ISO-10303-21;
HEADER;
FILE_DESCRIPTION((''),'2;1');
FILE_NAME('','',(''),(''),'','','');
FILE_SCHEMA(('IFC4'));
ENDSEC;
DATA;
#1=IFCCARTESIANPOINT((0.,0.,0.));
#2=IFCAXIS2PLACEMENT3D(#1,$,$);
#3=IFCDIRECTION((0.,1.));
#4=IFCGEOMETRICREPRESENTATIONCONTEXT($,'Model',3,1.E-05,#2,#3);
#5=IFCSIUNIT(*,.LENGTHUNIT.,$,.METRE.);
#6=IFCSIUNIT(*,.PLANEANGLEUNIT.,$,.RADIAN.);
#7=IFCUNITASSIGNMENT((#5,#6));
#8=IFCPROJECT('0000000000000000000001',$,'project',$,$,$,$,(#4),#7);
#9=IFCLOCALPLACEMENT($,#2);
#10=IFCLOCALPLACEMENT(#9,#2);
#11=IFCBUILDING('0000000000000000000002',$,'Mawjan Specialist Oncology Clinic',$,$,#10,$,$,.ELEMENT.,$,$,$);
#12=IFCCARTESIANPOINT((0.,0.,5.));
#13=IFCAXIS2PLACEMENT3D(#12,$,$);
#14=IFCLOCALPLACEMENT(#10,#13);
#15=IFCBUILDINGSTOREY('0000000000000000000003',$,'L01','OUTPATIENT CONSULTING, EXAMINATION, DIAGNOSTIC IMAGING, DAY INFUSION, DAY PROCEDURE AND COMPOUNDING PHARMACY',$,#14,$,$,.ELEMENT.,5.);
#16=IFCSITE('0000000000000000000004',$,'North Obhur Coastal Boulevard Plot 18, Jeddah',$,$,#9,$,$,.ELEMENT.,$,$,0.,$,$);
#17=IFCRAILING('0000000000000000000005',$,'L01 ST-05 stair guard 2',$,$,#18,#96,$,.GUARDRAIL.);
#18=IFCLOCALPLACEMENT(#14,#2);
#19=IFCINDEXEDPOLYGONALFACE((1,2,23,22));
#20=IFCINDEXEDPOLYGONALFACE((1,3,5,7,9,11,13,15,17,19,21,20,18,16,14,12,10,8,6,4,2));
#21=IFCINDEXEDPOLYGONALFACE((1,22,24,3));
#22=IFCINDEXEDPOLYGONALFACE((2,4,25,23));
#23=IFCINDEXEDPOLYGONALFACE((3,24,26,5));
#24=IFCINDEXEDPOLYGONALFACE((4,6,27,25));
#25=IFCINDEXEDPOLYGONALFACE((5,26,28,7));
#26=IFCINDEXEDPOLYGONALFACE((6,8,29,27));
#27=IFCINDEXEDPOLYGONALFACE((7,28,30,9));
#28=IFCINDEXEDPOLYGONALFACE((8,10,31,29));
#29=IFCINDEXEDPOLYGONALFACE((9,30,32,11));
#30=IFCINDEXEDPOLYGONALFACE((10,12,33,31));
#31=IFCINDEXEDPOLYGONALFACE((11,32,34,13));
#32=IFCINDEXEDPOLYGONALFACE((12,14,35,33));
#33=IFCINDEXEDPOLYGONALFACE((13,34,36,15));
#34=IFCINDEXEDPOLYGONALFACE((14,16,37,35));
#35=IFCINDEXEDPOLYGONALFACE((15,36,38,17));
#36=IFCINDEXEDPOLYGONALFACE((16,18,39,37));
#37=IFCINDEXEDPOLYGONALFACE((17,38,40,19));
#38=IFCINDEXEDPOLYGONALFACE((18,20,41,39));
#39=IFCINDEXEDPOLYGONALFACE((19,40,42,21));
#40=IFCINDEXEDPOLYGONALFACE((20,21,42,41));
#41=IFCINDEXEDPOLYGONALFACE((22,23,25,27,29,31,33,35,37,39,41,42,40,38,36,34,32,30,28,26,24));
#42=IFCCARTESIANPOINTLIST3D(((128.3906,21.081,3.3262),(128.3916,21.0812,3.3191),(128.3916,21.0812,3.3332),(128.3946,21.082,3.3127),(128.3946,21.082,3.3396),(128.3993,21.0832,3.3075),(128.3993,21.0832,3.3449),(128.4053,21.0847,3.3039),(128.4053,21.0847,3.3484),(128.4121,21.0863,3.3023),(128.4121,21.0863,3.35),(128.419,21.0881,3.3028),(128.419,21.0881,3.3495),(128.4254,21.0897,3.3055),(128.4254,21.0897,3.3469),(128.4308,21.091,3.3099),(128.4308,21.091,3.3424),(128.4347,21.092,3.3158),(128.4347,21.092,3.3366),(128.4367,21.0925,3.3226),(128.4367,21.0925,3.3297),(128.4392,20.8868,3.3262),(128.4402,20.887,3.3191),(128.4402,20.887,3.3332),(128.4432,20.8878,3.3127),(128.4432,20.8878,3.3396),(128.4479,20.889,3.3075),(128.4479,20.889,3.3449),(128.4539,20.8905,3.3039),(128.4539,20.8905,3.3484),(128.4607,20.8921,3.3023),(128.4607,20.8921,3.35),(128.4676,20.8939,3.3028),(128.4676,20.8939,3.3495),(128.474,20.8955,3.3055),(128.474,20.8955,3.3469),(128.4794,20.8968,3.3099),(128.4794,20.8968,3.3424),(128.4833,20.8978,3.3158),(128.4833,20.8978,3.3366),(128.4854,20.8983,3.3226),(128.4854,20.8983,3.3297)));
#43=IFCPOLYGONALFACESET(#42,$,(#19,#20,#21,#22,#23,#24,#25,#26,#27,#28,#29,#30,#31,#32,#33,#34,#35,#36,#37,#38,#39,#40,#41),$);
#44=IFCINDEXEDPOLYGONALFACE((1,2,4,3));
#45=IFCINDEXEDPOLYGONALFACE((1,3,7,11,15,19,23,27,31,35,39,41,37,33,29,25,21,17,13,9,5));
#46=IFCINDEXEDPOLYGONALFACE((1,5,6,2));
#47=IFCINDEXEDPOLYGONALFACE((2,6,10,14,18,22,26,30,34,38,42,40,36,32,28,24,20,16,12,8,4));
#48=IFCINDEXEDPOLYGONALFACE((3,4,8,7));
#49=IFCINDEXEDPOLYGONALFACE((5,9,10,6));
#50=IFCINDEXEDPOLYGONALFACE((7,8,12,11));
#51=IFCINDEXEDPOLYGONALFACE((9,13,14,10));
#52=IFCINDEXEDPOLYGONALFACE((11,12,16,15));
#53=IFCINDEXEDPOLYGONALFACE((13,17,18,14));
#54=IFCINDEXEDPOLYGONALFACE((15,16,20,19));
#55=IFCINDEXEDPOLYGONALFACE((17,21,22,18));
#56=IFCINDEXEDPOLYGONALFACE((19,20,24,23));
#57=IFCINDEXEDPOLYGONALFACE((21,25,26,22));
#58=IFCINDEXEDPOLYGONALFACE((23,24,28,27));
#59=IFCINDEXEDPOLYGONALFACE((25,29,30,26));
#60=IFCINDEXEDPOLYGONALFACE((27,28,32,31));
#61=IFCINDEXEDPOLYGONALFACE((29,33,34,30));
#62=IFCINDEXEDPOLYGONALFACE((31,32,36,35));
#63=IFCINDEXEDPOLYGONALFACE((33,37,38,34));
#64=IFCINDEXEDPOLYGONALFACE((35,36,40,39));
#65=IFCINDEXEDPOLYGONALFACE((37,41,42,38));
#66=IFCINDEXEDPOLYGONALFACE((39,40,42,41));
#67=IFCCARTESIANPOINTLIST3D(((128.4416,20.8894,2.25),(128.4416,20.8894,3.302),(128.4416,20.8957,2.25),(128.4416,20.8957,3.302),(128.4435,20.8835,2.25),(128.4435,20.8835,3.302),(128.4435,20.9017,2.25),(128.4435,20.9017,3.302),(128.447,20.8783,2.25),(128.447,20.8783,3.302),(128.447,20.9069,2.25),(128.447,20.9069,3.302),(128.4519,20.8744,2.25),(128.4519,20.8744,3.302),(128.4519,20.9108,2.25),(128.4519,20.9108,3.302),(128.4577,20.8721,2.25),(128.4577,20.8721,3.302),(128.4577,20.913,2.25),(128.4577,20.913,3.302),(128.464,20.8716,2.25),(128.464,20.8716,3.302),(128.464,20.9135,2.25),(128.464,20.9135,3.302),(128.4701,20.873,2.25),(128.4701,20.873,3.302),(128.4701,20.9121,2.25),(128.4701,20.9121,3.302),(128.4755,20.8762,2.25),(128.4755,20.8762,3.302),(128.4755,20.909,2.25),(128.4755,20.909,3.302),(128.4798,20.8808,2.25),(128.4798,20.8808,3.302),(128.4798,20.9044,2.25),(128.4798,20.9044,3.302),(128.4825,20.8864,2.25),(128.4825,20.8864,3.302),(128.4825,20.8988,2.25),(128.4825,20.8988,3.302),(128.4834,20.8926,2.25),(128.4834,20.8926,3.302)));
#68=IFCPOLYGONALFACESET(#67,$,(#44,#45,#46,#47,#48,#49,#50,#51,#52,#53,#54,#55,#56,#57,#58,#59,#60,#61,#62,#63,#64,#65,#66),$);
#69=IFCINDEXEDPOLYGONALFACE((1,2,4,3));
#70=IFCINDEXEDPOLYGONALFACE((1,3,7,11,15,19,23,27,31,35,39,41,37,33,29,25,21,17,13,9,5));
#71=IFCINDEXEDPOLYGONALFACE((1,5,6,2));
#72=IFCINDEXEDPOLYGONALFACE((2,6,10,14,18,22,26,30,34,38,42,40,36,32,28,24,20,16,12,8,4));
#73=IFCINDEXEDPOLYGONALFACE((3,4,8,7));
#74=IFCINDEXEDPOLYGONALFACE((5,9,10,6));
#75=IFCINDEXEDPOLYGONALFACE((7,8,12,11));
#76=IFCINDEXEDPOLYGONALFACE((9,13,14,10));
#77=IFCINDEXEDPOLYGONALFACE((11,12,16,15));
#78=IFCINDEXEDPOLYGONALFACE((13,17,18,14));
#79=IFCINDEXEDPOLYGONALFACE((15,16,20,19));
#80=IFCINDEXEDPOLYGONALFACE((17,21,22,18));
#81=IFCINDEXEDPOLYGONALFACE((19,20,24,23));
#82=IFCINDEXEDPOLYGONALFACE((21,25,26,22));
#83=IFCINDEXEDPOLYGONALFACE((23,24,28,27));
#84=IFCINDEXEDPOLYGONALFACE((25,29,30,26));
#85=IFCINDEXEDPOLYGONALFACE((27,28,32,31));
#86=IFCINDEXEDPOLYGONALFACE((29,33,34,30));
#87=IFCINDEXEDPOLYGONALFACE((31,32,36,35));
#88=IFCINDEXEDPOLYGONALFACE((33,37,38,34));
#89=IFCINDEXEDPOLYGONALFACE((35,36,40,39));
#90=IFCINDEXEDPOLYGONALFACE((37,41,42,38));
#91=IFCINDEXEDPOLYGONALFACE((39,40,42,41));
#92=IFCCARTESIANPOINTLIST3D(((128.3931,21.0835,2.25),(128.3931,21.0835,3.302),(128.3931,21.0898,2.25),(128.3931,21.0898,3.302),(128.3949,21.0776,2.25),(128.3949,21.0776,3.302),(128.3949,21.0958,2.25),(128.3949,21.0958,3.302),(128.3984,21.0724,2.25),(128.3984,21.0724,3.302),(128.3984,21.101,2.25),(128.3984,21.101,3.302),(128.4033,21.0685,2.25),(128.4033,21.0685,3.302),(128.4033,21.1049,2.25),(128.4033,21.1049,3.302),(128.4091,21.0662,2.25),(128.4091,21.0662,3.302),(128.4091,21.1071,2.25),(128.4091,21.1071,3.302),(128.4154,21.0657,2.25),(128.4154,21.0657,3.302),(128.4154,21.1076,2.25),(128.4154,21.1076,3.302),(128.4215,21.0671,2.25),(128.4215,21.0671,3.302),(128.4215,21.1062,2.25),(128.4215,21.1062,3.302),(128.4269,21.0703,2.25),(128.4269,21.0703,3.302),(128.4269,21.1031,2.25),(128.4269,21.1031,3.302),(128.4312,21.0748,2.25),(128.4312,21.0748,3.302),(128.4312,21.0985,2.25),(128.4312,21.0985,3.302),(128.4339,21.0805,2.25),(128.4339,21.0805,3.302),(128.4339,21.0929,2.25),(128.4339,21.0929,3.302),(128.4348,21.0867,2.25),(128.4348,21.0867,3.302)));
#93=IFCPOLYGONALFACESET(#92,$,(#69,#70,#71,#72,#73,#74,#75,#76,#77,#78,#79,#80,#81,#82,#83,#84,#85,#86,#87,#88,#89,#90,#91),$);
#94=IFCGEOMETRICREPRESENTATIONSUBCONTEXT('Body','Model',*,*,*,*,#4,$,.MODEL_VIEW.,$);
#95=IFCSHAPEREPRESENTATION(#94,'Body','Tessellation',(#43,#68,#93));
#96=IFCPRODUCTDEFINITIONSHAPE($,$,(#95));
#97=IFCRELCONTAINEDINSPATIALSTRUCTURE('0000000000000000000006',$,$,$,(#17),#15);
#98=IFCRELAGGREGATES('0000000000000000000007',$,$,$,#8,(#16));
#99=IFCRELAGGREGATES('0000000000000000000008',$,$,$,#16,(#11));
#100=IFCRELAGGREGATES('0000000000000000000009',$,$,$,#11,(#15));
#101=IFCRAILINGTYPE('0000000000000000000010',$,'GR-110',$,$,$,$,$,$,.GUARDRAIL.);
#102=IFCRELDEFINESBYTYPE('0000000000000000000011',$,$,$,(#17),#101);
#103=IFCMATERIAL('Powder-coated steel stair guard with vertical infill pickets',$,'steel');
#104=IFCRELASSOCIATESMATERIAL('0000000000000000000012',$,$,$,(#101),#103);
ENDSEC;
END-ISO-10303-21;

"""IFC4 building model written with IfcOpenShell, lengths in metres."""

from ifc_helpers import new_model, si_unit, direction, frame, origin, origin_2d, place, context, subcontext, project, spatial, circle, extrude, material, type_object, element, save


model = new_model("IFC4")

# Units and contexts
model_context = context("Model", 3, precision=1e-05, world=origin(), true_north=direction((0.0, 1.0)))
body_context = subcontext(model_context, "Body", "Model", "MODEL_VIEW")
ifc_project = project(units=[si_unit("LENGTHUNIT", "METRE"), si_unit("PLANEANGLEUNIT", "RADIAN")], contexts=[model_context])

# Site, building, storey
site_placement = place(None, origin())
site = spatial("IfcSite", under=ifc_project, at=site_placement, Name="North Obhur Coastal Boulevard Plot 18, Jeddah", CompositionType="ELEMENT", RefElevation=0.0)
building_placement = place(site_placement, origin())
building = spatial("IfcBuilding", under=site, at=building_placement, Name="Mawjan Specialist Oncology Clinic", CompositionType="ELEMENT")
storey_placement = place(building_placement, frame((0.0, 0.0, 5.0)))
storey = spatial("IfcBuildingStorey", under=building, at=storey_placement, Name="L01", Description="OUTPATIENT CONSULTING, EXAMINATION, DIAGNOSTIC IMAGING, DAY INFUSION, DAY PROCEDURE AND COMPOUNDING PHARMACY", CompositionType="ELEMENT", Elevation=5.0)

# Railing
ifc_material_1 = material(Name="Powder-coated steel stair guard with vertical infill pickets", Category="steel")
railing_type_1 = type_object("IfcRailingType", Name="GR-110", PredefinedType="GUARDRAIL", material=ifc_material_1)
railing_1_placement = place(storey_placement, frame((128.4624, 20.8926, 2.25)))
element("IfcRailing", 1, at=railing_1_placement, inside=storey, type_object=railing_type_1, Name="L01 ST-05 stair guard 2", PredefinedType="GUARDRAIL", context=body_context, shape_type="SweptSolid", body=[
    extrude(circle(Radius=0.0239, at=origin_2d()), frame((0.0, 0.0, 1.0762), z_axis=(-0.242823, 0.970071, 0.0), x_axis=(-0.970071, -0.242823, 0.0)), (0.0, 0.0, 1.0), 0.2002),
    extrude(circle(Radius=0.021, at=origin_2d()), origin(), (0.0, 0.0, 1.0), 1.052),
    extrude(circle(Radius=0.021, at=origin_2d()), frame((-0.0486, 0.1941, 0.0)), (0.0, 0.0, 1.0), 1.052),
])

save(model, "model.ifc")
